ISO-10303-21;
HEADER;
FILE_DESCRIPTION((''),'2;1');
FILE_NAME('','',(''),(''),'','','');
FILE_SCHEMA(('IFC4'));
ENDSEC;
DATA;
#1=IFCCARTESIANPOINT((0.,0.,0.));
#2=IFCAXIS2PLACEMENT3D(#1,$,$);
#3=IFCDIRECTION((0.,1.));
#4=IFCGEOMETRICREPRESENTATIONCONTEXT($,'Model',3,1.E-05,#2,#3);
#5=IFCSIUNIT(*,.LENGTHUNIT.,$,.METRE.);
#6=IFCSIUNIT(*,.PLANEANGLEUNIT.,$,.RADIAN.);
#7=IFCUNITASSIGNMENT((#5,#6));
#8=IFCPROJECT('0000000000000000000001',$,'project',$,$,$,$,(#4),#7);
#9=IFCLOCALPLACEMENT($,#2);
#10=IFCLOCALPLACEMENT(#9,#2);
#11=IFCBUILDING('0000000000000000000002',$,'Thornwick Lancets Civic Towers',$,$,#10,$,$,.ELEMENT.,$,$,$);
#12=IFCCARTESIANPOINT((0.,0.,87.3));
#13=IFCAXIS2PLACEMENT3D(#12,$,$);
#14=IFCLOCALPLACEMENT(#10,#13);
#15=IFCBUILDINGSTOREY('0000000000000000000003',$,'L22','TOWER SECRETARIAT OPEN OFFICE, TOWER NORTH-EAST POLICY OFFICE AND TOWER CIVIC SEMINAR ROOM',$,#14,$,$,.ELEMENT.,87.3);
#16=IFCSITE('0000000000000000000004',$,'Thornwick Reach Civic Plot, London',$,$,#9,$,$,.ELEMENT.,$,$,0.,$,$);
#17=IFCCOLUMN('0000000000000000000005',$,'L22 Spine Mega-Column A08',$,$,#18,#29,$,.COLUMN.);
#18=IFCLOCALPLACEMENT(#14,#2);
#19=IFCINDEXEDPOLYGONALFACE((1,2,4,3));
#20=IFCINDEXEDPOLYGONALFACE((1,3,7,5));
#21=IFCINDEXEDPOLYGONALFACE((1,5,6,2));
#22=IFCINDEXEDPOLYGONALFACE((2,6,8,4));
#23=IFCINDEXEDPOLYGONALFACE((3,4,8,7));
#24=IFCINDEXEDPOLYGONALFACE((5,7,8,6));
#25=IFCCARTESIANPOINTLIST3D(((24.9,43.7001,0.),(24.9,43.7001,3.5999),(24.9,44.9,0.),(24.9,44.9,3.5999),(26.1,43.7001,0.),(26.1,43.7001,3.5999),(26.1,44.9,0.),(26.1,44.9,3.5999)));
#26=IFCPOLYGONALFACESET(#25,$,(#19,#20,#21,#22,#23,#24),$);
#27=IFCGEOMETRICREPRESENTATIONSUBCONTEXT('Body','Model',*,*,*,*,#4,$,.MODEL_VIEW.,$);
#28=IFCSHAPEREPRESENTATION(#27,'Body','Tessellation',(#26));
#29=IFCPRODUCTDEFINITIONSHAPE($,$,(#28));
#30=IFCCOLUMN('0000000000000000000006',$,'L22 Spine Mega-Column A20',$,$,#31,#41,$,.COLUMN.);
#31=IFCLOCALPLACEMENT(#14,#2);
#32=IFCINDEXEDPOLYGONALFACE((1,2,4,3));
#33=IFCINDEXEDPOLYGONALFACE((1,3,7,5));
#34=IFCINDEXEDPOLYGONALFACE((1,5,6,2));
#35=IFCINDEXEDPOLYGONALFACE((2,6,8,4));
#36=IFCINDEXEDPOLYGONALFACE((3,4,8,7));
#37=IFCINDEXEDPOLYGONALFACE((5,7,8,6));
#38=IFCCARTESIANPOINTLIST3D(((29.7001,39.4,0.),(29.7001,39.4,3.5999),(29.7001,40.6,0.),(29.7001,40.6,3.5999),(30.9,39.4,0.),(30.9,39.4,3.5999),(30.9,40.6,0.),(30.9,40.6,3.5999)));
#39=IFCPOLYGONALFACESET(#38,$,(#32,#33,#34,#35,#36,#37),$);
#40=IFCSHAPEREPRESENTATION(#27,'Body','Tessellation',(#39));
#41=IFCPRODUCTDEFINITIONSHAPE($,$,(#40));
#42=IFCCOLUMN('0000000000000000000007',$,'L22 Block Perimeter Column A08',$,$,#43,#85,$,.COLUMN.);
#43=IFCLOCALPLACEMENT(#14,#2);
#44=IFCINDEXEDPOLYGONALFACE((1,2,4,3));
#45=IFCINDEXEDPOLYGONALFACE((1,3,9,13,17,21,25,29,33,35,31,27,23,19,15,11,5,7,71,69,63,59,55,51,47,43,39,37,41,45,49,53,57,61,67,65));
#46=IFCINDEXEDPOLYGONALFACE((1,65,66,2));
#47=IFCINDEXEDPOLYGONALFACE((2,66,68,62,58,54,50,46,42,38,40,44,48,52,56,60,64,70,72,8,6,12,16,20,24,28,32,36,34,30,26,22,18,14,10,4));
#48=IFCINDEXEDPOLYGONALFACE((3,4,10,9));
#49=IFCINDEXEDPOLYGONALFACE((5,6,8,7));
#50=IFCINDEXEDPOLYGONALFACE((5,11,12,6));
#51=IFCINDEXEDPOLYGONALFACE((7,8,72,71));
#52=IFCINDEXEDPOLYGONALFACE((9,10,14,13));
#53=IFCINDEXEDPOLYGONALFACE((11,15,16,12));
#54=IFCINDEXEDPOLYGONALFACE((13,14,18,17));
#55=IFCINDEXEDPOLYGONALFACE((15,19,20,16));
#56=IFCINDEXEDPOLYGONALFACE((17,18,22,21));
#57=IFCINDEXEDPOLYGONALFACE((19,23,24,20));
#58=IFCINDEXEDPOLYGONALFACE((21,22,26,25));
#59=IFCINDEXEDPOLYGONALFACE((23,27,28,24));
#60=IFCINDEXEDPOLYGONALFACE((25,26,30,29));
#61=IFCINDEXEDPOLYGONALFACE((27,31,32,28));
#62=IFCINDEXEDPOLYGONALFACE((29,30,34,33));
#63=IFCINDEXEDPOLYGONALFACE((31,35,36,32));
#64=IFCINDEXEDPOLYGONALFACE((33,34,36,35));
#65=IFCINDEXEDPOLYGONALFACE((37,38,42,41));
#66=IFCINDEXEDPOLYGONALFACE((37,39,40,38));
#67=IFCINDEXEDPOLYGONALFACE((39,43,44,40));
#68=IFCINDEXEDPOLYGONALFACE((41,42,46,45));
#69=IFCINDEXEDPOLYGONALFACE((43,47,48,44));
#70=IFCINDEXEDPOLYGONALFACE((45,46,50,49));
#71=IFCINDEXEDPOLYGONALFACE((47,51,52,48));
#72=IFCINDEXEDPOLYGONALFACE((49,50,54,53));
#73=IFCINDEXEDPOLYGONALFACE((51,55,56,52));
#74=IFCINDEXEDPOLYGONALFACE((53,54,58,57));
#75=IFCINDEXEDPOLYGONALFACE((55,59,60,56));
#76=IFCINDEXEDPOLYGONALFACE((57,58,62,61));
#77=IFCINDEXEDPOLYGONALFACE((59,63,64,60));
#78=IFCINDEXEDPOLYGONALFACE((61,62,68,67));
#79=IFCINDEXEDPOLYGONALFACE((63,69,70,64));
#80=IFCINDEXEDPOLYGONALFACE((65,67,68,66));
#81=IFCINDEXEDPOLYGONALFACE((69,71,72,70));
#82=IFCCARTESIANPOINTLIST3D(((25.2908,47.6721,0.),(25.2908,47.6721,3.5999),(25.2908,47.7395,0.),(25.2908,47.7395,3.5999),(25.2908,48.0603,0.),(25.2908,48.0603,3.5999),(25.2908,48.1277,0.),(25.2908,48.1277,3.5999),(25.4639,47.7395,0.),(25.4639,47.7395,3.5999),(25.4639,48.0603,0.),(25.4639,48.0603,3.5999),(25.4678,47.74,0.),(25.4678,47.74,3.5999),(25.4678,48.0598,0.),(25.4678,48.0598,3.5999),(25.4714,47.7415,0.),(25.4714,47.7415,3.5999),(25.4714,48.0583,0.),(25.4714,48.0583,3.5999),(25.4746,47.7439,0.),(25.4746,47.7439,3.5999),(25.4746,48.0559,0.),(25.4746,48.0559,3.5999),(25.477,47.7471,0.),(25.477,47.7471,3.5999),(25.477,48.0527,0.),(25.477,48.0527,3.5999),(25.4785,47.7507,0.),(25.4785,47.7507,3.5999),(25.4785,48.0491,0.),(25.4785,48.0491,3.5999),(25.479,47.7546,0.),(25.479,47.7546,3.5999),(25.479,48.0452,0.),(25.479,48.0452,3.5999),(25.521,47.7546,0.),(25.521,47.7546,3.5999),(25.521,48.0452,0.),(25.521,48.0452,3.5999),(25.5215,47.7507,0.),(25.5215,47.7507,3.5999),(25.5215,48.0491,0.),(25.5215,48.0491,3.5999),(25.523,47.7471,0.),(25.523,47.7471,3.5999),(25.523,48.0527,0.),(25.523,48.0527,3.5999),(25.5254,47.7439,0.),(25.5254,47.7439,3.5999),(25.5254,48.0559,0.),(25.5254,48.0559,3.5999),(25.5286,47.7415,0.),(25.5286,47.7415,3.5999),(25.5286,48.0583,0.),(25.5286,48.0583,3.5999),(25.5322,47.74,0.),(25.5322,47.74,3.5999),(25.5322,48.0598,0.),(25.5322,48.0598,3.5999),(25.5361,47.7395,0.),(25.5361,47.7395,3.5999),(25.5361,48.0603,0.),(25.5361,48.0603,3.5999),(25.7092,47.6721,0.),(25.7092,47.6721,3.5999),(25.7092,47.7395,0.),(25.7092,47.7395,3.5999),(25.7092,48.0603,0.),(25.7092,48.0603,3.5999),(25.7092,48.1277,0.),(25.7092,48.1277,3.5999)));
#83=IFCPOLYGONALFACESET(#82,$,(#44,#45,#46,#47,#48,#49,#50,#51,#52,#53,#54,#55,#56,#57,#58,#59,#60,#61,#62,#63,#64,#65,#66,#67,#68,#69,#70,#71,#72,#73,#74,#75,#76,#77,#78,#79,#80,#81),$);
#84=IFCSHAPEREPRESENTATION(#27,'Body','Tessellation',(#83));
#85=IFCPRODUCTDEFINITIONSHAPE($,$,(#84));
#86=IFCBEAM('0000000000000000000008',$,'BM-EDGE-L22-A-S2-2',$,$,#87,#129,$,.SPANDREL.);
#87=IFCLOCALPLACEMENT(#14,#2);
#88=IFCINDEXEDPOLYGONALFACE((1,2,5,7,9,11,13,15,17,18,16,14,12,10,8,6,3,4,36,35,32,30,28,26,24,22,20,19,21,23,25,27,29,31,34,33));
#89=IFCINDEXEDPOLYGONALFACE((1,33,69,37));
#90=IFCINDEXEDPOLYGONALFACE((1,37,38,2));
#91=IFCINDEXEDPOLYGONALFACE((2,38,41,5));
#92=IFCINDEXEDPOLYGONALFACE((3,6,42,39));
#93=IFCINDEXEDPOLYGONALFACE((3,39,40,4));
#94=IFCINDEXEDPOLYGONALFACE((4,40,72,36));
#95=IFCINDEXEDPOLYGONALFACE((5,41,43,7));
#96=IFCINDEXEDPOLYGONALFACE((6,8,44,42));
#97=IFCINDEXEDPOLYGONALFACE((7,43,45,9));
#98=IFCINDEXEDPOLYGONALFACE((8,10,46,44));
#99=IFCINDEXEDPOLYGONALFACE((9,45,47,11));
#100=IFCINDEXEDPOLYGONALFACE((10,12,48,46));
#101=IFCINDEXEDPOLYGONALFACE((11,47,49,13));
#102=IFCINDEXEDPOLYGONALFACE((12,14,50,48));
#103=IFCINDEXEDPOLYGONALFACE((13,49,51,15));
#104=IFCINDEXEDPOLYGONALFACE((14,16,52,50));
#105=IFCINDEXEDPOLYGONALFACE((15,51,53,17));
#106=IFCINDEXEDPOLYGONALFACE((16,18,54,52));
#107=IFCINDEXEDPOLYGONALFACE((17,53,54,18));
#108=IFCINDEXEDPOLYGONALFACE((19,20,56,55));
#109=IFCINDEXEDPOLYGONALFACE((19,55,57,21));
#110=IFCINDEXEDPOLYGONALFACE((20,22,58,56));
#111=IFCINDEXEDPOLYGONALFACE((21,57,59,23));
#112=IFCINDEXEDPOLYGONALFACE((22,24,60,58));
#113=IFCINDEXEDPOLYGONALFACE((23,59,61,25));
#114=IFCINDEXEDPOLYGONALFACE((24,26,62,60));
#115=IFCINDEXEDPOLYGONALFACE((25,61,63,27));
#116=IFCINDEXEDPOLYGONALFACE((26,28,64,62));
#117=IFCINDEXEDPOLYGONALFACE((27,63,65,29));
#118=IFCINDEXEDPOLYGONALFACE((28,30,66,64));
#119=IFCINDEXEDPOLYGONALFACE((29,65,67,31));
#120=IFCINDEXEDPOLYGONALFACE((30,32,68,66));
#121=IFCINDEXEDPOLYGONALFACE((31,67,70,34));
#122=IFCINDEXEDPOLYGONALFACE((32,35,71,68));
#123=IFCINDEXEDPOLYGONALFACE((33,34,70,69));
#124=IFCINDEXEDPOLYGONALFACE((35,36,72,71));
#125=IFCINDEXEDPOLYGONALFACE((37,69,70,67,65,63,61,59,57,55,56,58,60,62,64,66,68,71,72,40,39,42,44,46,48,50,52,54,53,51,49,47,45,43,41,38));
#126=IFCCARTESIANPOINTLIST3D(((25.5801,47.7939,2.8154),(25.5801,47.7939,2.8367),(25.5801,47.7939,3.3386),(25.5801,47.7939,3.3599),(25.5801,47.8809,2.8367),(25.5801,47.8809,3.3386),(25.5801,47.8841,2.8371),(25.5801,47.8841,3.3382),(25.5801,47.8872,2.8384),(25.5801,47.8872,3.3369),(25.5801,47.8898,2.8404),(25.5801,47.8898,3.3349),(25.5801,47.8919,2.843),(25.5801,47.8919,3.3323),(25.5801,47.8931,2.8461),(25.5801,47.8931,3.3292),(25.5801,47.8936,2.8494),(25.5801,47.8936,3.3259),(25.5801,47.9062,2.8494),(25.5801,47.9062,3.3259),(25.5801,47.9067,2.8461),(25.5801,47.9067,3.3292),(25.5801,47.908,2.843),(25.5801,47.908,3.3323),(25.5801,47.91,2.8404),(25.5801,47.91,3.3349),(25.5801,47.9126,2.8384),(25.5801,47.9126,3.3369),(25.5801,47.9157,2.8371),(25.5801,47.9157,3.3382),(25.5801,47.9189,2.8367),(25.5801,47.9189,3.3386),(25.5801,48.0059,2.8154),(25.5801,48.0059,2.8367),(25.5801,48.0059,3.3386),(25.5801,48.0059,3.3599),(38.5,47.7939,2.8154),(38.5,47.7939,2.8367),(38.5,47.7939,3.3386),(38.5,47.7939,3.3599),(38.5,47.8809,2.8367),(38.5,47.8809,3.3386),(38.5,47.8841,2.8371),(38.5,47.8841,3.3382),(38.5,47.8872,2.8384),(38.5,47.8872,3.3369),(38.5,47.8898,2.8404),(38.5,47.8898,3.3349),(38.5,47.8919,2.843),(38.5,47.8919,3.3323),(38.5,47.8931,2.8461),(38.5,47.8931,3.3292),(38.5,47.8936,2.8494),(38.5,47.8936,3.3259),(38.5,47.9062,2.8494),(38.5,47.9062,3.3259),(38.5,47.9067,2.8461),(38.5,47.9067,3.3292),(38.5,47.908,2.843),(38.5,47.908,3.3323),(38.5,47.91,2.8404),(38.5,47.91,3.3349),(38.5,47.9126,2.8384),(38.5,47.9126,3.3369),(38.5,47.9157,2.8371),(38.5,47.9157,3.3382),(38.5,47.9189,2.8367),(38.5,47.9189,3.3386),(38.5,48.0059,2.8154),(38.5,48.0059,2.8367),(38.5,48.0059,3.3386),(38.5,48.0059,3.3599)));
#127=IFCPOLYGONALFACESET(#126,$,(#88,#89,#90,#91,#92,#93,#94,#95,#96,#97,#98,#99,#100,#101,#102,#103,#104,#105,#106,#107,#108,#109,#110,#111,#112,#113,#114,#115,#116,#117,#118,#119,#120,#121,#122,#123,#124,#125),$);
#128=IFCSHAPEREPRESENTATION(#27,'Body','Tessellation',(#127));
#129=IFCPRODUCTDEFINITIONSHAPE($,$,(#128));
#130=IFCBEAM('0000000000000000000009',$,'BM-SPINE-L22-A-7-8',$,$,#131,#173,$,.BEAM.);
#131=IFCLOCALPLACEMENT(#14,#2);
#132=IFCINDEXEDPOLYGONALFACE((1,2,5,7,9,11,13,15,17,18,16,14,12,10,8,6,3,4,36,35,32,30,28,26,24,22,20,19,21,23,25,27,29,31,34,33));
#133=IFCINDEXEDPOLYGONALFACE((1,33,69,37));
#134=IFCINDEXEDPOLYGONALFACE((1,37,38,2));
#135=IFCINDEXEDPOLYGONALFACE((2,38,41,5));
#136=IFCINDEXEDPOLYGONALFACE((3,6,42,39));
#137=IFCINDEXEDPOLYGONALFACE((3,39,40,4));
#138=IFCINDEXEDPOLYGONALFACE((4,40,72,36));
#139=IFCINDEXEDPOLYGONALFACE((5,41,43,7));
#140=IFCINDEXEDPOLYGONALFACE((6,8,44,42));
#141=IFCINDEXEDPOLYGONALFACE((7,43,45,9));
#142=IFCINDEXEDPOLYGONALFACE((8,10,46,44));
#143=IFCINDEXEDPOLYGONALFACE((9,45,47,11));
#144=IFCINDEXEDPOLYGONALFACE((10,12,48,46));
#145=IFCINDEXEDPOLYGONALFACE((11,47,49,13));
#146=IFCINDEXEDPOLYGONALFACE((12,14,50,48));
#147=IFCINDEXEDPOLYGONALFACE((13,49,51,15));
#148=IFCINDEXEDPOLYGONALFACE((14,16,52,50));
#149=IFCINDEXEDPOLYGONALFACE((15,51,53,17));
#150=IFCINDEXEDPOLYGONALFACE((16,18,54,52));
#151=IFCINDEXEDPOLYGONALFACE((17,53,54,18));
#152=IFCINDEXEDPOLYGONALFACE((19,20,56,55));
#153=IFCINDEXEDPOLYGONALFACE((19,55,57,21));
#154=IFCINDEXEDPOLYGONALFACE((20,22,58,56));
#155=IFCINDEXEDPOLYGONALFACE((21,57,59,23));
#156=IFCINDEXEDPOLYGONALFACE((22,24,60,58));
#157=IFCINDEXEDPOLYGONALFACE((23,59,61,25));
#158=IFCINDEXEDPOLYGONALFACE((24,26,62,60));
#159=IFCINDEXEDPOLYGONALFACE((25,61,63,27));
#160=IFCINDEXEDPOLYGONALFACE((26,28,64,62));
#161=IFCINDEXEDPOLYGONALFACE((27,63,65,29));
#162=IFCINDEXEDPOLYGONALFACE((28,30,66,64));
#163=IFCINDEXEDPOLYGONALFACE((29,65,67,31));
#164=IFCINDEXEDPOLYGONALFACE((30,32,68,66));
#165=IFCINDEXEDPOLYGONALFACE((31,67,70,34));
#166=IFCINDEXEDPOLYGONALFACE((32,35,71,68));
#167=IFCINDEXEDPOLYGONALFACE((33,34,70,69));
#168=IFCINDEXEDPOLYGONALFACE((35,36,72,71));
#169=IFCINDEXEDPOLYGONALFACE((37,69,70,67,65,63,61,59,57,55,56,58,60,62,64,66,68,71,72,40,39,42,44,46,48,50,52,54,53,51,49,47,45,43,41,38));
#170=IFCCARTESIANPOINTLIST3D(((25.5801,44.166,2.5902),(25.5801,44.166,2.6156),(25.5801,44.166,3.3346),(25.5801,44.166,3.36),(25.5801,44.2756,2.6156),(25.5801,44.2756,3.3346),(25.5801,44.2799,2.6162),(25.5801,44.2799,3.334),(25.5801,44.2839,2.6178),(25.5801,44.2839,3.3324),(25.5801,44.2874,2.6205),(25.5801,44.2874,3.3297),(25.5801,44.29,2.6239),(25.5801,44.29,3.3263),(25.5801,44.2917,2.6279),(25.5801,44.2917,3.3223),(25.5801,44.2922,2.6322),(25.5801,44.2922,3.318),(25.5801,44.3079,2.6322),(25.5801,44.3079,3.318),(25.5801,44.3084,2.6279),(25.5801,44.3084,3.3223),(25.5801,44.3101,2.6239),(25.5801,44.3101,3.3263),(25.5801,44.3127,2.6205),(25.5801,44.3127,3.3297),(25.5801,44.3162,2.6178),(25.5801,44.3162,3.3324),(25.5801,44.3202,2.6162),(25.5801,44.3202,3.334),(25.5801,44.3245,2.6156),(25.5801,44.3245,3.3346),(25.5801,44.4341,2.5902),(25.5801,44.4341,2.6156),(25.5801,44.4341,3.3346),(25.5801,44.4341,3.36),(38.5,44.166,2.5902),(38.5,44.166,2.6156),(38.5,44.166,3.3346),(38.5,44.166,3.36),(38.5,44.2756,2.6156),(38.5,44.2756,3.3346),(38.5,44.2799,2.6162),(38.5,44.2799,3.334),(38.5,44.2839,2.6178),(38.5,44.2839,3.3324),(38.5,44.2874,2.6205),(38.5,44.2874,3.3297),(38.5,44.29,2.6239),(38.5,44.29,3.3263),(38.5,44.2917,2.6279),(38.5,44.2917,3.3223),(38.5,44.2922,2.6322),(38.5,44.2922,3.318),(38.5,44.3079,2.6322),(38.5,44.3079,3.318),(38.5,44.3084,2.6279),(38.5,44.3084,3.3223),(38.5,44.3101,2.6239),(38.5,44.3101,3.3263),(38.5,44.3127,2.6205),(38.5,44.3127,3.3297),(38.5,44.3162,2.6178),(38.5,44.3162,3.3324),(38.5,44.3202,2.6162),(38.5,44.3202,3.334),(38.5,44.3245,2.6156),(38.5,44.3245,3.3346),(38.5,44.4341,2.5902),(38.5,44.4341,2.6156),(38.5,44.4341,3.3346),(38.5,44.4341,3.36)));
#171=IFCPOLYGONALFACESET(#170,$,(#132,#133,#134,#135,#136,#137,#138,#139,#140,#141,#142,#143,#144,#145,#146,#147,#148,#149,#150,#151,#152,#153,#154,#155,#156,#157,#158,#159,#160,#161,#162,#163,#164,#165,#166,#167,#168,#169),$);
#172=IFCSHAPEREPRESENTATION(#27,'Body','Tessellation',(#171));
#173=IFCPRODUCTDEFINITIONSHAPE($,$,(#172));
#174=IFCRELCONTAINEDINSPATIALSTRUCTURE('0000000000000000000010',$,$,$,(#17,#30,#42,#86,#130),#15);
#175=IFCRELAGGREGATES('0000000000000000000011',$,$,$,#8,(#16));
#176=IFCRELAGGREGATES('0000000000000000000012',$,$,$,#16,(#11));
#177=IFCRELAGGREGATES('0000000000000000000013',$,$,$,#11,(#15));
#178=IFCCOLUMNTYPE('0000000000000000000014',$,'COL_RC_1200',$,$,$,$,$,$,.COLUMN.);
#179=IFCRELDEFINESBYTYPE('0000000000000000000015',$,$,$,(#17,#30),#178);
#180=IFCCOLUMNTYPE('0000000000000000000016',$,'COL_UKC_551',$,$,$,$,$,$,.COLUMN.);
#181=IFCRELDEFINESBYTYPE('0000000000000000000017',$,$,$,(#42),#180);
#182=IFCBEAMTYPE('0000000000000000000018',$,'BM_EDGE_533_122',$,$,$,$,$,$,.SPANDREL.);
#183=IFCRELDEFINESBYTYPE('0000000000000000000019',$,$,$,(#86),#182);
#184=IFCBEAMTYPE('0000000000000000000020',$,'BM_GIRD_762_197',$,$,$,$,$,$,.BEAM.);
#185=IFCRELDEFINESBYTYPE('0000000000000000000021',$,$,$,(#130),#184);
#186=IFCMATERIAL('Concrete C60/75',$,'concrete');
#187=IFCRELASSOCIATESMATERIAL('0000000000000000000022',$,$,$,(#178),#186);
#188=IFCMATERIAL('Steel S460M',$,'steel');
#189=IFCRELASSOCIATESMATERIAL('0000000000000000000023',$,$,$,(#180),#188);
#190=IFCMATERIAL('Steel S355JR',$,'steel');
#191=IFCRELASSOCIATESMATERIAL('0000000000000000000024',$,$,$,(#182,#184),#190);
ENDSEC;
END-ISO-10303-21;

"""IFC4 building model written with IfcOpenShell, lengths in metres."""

from ifc_helpers import new_model, si_unit, direction, frame, origin, origin_2d, place, context, subcontext, project, spatial, rectangle, i_section, extrude, material, material_profile, profile_set, type_object, element, save


model = new_model("IFC4")

# Units and contexts
model_context = context("Model", 3, precision=1e-05, world=origin(), true_north=direction((0.0, 1.0)))
body_context = subcontext(model_context, "Body", "Model", "MODEL_VIEW")
ifc_project = project(units=[si_unit("LENGTHUNIT", "METRE"), si_unit("PLANEANGLEUNIT", "RADIAN")], contexts=[model_context])

# Site, building, storey
site_placement = place(None, origin())
site = spatial("IfcSite", under=ifc_project, at=site_placement, Name="Thornwick Reach Civic Plot, London", CompositionType="ELEMENT", RefElevation=0.0)
building_placement = place(site_placement, origin())
building = spatial("IfcBuilding", under=site, at=building_placement, Name="Thornwick Lancets Civic Towers", CompositionType="ELEMENT")
storey_placement = place(building_placement, frame((0.0, 0.0, 87.3)))
storey = spatial("IfcBuildingStorey", under=building, at=storey_placement, Name="L22", Description="TOWER SECRETARIAT OPEN OFFICE, TOWER NORTH-EAST POLICY OFFICE AND TOWER CIVIC SEMINAR ROOM", CompositionType="ELEMENT", Elevation=87.3)

# Columns
ifc_material_1 = material(Name="Concrete C60/75", Category="concrete")
ifc_material_profile_1 = material_profile(ifc_material_1, rectangle(XDim=1.2, YDim=1.2, at=origin_2d()), Name="RC 1200x1200")
ifc_profile_set_1 = profile_set([ifc_material_profile_1], Name="Concrete C60/75")
column_type_1 = type_object("IfcColumnType", Name="COL_RC_1200", PredefinedType="COLUMN", material=ifc_profile_set_1)
for number, where, z_axis, x_axis, name in (
    (1, (25.5, 44.3, 0.0), (0.0, 0.0, 1.0), (1.0, 0.0, 0.0), "L22 Spine Mega-Column A08"),
    (2, (30.3, 40.0, 0.0), (0.0, 0.0, 1.0), (1.0, 0.0, 0.0), "L22 Spine Mega-Column A20"),
):
    element("IfcColumn", number, at=place(storey_placement, frame(where, z_axis=z_axis, x_axis=x_axis)), inside=storey, type_object=column_type_1, Name=name, PredefinedType="COLUMN", context=body_context, shape_type="SweptSolid", body=[
        extrude(rectangle(XDim=1.2, YDim=1.2, at=origin_2d()), origin(), (0.0, 0.0, 1.0), 3.5999),
    ])
ifc_material_2 = material(Name="Steel S460M", Category="steel")
ifc_material_profile_2 = material_profile(ifc_material_2, i_section(OverallWidth=0.4185, OverallDepth=0.4556, WebThickness=0.042, FlangeThickness=0.0674, FilletRadius=0.0151, at=origin_2d()), Name="UKC 356x406x551")
ifc_profile_set_2 = profile_set([ifc_material_profile_2], Name="Steel S460M")
column_type_2 = type_object("IfcColumnType", Name="COL_UKC_551", PredefinedType="COLUMN", material=ifc_profile_set_2)
column_placement = place(storey_placement, frame((25.5, 47.8999, 0.0), z_axis=(0.0, 0.0, 1.0), x_axis=(1.0, 0.0, 0.0)))
element("IfcColumn", 3, at=column_placement, inside=storey, type_object=column_type_2, Name="L22 Block Perimeter Column A08", PredefinedType="COLUMN", context=body_context, shape_type="SweptSolid", body=[
    extrude(i_section(OverallWidth=0.4185, OverallDepth=0.4556, WebThickness=0.042, FlangeThickness=0.0674, FilletRadius=0.0151, at=origin_2d()), origin(), (0.0, 0.0, 1.0), 3.5999),
])

# Beams
ifc_material_3 = material(Name="Steel S355JR", Category="steel")
ifc_material_profile_3 = material_profile(ifc_material_3, i_section(OverallWidth=0.2119, OverallDepth=0.5444, WebThickness=0.0127, FlangeThickness=0.0212, FilletRadius=0.0127, at=origin_2d()), Name="UKB 533x210x122")
ifc_profile_set_3 = profile_set([ifc_material_profile_3], Name="Steel S355JR")
beam_type_1 = type_object("IfcBeamType", Name="BM_EDGE_533_122", PredefinedType="SPANDREL", material=ifc_profile_set_3)
beam_1_placement = place(storey_placement, frame((25.5801, 47.8999, 3.0876), z_axis=(1.0, 0.0, 0.0), x_axis=(0.0, 1.0, 0.0)))
element("IfcBeam", 4, at=beam_1_placement, inside=storey, type_object=beam_type_1, Name="BM-EDGE-L22-A-S2-2", PredefinedType="SPANDREL", context=body_context, shape_type="SweptSolid", body=[
    extrude(i_section(OverallWidth=0.2119, OverallDepth=0.5444, WebThickness=0.0127, FlangeThickness=0.0212, FilletRadius=0.0127, at=origin_2d()), origin(), (0.0, 0.0, 1.0), 12.9199),
])
ifc_material_profile_4 = material_profile(ifc_material_3, i_section(OverallWidth=0.2681, OverallDepth=0.7698, WebThickness=0.0156, FlangeThickness=0.0254, FilletRadius=0.0166, at=origin_2d()), Name="UKB 762x267x197")
ifc_profile_set_4 = profile_set([ifc_material_profile_4], Name="Steel S355JR")
beam_type_2 = type_object("IfcBeamType", Name="BM_GIRD_762_197", PredefinedType="BEAM", material=ifc_profile_set_4)
beam_2_placement = place(storey_placement, frame((25.5801, 44.3, 2.9751), z_axis=(1.0, 0.0, 0.0), x_axis=(0.0, 1.0, 0.0)))
element("IfcBeam", 5, at=beam_2_placement, inside=storey, type_object=beam_type_2, Name="BM-SPINE-L22-A-7-8", PredefinedType="BEAM", context=body_context, shape_type="SweptSolid", body=[
    extrude(i_section(OverallWidth=0.2681, OverallDepth=0.7698, WebThickness=0.0156, FlangeThickness=0.0254, FilletRadius=0.0166, at=origin_2d()), origin(), (0.0, 0.0, 1.0), 12.9199),
])

save(model, "model.ifc")
